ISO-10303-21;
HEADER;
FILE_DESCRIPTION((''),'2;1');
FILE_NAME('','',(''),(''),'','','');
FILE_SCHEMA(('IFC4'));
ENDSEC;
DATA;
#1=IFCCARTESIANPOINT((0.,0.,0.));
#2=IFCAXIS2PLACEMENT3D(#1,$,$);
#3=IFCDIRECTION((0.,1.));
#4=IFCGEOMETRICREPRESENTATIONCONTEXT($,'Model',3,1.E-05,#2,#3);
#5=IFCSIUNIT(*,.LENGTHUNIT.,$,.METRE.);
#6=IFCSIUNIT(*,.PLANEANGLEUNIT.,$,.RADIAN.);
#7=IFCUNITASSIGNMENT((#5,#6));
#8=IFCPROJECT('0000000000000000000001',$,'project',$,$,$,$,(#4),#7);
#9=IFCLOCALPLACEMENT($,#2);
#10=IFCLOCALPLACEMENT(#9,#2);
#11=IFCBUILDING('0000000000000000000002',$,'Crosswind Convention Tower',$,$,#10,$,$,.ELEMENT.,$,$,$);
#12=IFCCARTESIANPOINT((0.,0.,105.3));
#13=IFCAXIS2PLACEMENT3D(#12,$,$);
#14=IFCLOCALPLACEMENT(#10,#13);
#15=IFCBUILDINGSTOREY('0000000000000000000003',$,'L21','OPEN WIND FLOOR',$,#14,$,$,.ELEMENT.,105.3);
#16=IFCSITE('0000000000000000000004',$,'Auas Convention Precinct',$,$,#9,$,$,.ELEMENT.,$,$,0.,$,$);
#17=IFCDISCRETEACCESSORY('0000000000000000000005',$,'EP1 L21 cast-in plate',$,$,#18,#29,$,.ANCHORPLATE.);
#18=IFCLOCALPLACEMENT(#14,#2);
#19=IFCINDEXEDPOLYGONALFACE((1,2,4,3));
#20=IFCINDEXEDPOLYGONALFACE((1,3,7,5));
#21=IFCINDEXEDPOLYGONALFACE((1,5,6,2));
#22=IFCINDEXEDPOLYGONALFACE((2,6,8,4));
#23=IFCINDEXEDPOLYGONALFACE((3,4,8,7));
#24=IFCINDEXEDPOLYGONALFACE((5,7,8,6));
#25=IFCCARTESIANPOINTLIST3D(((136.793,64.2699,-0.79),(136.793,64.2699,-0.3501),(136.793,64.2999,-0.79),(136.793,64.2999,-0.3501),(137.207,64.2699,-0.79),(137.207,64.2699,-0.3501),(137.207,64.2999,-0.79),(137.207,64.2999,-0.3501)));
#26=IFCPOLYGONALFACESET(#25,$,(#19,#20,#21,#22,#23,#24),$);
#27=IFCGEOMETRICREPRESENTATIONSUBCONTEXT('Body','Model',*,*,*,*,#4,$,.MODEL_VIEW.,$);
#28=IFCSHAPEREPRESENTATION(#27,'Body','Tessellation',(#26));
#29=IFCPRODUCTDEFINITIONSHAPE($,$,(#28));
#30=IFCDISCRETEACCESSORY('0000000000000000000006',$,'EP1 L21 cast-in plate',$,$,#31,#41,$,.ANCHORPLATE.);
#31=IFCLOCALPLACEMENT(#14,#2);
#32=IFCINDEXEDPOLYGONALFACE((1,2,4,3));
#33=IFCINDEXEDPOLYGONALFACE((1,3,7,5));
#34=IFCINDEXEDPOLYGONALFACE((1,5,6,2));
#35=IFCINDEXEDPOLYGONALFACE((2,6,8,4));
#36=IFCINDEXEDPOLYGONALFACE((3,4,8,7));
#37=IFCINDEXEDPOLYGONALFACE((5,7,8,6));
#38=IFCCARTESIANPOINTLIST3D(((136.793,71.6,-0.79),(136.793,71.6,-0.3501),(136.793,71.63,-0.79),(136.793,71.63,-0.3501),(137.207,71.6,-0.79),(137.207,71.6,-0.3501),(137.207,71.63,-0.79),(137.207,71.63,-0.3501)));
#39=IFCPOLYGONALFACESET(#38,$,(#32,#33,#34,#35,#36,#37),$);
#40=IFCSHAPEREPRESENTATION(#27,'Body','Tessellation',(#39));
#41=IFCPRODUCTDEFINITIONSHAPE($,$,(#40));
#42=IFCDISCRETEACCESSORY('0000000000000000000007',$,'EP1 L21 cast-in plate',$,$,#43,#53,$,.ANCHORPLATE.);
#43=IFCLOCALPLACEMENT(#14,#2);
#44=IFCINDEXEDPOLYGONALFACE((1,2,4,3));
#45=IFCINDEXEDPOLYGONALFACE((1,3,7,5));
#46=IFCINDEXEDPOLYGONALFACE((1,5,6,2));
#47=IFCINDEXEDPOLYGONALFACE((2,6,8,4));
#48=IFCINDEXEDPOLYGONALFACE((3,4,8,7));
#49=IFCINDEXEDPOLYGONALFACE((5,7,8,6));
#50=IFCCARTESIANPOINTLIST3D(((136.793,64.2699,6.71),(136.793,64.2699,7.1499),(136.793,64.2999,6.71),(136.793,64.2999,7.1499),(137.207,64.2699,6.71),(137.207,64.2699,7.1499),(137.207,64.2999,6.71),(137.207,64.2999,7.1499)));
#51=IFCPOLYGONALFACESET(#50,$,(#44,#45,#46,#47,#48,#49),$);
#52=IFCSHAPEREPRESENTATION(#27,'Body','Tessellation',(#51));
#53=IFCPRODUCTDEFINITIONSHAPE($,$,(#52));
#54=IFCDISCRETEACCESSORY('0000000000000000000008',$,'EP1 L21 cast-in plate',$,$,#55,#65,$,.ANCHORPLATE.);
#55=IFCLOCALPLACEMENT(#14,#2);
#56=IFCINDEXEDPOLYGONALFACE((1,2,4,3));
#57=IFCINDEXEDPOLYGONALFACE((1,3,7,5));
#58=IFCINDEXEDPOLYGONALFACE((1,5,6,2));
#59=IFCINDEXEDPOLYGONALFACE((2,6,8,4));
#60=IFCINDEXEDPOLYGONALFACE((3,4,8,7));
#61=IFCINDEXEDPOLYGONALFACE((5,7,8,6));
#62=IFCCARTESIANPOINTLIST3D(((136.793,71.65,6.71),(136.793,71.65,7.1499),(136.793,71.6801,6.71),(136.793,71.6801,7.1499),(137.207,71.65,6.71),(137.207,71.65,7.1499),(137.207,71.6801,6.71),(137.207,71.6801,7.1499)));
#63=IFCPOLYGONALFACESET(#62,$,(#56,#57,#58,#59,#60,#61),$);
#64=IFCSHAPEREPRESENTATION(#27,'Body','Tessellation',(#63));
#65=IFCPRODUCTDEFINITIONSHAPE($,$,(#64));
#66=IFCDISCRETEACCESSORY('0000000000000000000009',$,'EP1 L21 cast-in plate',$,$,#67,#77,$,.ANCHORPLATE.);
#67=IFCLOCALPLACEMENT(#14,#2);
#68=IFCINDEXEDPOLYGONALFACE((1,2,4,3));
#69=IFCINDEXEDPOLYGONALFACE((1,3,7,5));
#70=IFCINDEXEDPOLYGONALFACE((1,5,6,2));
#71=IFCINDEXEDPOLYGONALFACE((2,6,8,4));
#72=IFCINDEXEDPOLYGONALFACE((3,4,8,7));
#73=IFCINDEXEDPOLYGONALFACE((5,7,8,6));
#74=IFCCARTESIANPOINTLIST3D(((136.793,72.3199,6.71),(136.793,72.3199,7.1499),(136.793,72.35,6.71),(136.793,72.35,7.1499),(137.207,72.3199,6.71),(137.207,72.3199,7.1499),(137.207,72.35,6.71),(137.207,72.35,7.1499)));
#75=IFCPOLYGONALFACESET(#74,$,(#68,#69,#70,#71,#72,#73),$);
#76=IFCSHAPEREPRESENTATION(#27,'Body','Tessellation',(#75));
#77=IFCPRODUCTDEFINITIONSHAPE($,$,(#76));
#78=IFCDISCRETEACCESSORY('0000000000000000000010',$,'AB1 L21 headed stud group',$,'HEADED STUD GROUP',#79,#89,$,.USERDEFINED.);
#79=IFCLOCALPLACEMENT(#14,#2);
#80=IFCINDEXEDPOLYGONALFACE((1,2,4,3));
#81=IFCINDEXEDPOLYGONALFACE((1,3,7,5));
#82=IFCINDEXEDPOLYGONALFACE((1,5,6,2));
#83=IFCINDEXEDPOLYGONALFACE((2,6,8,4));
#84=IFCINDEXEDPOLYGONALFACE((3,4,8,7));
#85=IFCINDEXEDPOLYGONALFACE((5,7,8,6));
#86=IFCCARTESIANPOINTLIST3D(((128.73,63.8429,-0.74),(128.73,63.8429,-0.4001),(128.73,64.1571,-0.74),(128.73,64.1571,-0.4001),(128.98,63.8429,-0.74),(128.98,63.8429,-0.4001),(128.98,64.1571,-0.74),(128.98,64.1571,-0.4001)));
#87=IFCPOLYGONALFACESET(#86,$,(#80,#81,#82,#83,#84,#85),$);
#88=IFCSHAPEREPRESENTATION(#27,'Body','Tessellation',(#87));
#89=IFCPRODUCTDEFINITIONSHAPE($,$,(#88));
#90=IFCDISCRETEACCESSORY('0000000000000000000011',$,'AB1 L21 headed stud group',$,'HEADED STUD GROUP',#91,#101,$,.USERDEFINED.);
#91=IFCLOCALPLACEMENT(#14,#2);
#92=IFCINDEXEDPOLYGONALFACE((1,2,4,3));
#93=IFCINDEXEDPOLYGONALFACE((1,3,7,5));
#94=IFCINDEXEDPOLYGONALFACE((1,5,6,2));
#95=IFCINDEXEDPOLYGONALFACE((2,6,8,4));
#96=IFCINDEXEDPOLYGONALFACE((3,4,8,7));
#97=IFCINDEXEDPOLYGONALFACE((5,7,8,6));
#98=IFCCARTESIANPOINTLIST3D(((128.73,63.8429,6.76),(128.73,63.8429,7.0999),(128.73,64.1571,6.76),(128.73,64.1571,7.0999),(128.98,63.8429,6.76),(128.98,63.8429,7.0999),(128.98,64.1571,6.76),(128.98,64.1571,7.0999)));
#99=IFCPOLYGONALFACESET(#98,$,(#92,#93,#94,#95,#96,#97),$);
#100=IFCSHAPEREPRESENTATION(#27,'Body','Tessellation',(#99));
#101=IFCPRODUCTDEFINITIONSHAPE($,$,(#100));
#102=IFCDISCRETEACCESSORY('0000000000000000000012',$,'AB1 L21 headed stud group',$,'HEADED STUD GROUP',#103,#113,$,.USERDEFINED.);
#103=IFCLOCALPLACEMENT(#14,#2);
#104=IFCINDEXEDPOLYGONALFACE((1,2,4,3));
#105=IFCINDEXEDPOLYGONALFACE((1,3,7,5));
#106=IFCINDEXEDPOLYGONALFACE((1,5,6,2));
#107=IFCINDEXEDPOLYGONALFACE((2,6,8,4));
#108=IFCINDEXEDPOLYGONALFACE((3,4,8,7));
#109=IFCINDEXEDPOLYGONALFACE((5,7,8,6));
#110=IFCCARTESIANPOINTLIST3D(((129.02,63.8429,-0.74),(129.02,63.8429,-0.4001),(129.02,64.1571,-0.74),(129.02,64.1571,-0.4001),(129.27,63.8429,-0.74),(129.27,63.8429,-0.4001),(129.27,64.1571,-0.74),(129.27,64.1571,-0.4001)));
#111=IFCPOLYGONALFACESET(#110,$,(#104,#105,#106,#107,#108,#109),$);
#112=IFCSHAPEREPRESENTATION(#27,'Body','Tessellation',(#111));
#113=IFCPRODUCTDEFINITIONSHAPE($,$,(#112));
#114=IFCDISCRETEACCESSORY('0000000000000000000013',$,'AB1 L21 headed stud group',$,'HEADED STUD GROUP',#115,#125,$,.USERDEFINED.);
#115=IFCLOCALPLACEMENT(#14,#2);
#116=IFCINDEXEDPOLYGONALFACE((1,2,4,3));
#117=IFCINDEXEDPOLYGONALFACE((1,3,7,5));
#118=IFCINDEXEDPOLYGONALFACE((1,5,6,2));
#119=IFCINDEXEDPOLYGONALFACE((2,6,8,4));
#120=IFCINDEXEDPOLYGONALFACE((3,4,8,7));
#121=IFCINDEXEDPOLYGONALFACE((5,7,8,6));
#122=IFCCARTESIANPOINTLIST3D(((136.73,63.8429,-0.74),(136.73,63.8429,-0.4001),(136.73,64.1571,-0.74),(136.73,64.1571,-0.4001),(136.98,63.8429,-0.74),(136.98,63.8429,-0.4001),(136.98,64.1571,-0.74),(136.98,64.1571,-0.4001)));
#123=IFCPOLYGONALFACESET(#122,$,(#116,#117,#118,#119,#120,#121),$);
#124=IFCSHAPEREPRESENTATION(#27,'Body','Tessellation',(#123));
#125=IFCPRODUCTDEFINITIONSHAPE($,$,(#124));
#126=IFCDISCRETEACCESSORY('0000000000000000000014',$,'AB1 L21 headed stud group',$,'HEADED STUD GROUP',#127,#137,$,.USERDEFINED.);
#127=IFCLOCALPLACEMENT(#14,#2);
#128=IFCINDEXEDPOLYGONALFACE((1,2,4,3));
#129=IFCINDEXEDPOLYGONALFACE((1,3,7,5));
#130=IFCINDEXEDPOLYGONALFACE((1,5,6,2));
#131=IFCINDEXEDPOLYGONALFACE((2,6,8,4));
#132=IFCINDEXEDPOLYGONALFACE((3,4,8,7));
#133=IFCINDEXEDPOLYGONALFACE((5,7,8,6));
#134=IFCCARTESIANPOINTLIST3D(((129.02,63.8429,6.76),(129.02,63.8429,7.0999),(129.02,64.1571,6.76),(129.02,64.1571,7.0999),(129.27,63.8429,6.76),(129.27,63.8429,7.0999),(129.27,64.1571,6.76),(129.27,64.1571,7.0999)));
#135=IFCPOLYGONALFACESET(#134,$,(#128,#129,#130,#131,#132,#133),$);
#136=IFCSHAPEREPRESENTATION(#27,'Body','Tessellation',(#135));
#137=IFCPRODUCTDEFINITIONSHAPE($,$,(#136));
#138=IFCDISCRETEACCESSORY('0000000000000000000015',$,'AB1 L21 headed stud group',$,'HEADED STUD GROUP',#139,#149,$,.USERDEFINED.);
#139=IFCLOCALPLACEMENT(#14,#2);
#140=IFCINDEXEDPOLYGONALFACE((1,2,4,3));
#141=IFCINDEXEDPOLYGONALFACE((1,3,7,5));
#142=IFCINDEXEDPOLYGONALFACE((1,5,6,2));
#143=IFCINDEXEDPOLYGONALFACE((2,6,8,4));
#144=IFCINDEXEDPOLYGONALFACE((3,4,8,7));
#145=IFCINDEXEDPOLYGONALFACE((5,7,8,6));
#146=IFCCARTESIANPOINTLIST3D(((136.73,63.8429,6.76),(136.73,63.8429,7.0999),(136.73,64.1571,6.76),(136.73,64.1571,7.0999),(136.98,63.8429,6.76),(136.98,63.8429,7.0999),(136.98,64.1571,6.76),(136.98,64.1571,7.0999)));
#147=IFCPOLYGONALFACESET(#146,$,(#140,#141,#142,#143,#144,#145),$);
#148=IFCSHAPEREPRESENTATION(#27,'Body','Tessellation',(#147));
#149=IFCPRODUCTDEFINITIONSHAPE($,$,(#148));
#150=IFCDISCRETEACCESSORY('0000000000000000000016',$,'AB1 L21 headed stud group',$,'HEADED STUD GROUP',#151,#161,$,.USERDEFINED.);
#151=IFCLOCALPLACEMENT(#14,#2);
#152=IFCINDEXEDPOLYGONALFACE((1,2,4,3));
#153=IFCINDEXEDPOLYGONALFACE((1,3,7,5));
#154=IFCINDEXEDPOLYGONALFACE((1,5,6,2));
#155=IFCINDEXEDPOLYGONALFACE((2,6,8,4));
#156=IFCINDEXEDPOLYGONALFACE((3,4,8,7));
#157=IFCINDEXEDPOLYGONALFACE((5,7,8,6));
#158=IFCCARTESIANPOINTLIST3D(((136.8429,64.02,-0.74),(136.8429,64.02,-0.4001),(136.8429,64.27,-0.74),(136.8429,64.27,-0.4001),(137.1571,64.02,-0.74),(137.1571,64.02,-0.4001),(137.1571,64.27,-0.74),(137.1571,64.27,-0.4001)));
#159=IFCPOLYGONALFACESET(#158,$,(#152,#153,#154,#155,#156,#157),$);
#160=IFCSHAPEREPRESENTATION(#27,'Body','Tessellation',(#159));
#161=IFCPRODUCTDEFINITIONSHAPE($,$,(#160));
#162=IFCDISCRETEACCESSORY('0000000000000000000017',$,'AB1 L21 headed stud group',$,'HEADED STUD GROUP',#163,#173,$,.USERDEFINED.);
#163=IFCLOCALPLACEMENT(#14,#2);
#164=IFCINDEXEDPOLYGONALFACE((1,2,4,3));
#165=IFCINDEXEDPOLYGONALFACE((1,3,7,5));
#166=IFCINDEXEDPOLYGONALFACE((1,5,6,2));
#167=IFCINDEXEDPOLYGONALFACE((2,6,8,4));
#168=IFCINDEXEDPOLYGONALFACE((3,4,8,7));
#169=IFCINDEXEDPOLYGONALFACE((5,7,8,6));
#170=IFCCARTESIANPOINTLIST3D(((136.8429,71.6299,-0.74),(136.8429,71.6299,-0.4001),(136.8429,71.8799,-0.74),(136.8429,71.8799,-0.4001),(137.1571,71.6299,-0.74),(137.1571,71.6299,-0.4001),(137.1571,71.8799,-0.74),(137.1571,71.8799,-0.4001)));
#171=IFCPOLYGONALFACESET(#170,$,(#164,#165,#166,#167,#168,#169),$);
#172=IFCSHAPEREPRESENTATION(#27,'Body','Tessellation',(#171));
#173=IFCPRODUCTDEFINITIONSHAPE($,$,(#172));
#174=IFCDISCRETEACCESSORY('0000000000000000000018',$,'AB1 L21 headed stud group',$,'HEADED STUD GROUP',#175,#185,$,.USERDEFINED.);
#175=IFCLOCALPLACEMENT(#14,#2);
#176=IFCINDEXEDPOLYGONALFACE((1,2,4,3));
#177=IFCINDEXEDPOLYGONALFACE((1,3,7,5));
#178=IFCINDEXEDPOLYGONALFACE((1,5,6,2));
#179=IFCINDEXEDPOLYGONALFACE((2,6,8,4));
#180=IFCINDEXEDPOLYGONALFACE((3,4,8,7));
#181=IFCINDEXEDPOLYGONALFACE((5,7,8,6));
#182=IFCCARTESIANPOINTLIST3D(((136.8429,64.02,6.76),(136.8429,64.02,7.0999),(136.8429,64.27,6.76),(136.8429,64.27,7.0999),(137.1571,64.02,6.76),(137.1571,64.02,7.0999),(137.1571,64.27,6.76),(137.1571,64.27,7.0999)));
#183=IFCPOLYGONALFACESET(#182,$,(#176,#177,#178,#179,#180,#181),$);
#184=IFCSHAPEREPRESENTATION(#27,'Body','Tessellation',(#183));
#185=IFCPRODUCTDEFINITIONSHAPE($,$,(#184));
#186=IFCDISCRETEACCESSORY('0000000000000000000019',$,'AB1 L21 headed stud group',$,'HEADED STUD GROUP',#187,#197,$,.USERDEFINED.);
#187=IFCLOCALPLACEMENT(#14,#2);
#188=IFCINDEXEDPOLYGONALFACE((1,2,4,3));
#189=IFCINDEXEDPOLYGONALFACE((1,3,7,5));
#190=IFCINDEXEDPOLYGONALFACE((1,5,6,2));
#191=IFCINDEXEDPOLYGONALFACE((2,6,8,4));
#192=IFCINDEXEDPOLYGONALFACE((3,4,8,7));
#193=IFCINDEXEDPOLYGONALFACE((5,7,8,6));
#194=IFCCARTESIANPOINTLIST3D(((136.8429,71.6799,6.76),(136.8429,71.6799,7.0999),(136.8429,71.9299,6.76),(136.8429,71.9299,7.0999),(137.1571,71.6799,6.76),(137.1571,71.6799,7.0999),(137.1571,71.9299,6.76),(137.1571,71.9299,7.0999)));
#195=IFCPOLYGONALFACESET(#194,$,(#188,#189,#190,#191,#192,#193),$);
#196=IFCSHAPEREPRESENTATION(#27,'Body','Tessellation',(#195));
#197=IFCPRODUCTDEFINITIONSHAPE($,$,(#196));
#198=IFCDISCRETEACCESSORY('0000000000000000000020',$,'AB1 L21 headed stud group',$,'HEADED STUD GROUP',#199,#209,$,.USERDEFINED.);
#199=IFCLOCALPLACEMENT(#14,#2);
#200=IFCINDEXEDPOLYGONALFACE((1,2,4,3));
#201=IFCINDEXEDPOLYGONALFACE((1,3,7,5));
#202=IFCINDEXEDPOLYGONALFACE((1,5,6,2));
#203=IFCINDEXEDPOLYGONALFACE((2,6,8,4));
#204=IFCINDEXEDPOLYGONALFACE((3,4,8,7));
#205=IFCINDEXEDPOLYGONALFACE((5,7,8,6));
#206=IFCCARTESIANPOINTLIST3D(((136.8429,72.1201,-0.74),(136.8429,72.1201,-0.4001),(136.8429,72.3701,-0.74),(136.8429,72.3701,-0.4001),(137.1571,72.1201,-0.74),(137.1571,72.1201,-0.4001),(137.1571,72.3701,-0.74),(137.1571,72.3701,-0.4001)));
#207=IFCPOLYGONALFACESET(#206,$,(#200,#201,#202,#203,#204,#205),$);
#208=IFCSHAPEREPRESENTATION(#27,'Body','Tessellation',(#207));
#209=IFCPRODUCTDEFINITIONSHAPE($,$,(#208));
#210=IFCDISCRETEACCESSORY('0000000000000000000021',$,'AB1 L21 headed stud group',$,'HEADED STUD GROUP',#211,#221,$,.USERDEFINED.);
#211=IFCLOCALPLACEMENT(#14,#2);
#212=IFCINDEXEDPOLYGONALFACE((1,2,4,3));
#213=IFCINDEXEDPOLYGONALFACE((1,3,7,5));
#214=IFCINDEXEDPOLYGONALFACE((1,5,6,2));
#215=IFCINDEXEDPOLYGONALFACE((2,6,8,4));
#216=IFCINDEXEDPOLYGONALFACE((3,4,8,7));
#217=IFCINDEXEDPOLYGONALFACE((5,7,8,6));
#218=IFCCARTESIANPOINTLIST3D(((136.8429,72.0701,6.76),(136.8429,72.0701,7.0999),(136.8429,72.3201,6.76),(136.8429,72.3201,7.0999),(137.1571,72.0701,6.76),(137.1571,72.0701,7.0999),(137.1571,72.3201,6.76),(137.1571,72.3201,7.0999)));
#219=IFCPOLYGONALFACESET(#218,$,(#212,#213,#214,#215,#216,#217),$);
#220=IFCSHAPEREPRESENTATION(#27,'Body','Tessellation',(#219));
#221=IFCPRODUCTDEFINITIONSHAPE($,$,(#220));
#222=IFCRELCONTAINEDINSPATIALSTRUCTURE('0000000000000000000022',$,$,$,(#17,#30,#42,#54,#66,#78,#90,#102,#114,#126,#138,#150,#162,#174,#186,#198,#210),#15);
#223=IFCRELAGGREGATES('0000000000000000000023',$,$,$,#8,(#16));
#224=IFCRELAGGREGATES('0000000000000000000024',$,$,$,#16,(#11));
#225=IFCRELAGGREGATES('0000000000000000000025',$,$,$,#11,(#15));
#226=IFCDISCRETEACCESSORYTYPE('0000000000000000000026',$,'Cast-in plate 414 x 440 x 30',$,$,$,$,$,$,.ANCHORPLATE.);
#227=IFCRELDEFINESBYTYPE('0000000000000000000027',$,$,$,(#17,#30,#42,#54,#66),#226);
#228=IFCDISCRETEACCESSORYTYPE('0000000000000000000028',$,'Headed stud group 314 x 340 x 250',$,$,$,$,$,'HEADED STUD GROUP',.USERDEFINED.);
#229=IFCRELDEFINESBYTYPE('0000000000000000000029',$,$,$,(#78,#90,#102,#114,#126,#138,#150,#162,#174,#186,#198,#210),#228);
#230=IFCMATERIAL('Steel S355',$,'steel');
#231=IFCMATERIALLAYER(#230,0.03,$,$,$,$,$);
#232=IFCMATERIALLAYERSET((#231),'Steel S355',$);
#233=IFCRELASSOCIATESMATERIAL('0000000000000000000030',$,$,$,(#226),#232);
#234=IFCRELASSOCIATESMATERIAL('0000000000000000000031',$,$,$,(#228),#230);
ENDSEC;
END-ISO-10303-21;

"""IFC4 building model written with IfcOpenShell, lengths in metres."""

from ifc_helpers import new_model, si_unit, direction, frame, origin, origin_2d, place, context, subcontext, project, spatial, rectangle, extrude, material, layer, layer_set, type_object, element, save


model = new_model("IFC4")

# Units and contexts
model_context = context("Model", 3, precision=1e-05, world=origin(), true_north=direction((0.0, 1.0)))
body_context = subcontext(model_context, "Body", "Model", "MODEL_VIEW")
ifc_project = project(units=[si_unit("LENGTHUNIT", "METRE"), si_unit("PLANEANGLEUNIT", "RADIAN")], contexts=[model_context])

# Site, building, storey
site_placement = place(None, origin())
site = spatial("IfcSite", under=ifc_project, at=site_placement, Name="Auas Convention Precinct", CompositionType="ELEMENT", RefElevation=0.0)
building_placement = place(site_placement, origin())
building = spatial("IfcBuilding", under=site, at=building_placement, Name="Crosswind Convention Tower", CompositionType="ELEMENT")
storey_placement = place(building_placement, frame((0.0, 0.0, 105.3)))
storey = spatial("IfcBuildingStorey", under=building, at=storey_placement, Name="L21", Description="OPEN WIND FLOOR", CompositionType="ELEMENT", Elevation=105.3)

# Shared definitions
ifc_material_1 = material(Name="Steel S355", Category="steel")

# Discrete accessories
ifc_layer = layer(ifc_material_1, 0.03)
ifc_layer_set = layer_set([ifc_layer], Name="Steel S355")
discrete_accessory_type_1 = type_object("IfcDiscreteAccessoryType", Name="Cast-in plate 414 x 440 x 30", PredefinedType="ANCHORPLATE", material=ifc_layer_set)
for number, where, z_axis, x_axis, name in (
    (1, (137.0, 64.2849, -0.79), (0.0, 0.0, 1.0), (1.0, 0.0, 0.0), "EP1 L21 cast-in plate"),
    (2, (137.0, 71.615, -0.79), (0.0, 0.0, 1.0), (1.0, 0.0, 0.0), "EP1 L21 cast-in plate"),
    (3, (137.0, 64.2849, 6.71), (0.0, 0.0, 1.0), (1.0, 0.0, 0.0), "EP1 L21 cast-in plate"),
    (4, (137.0, 71.665, 6.71), (0.0, 0.0, 1.0), (1.0, 0.0, 0.0), "EP1 L21 cast-in plate"),
    (5, (137.0, 72.335, 6.71), (0.0, 0.0, 1.0), (1.0, 0.0, 0.0), "EP1 L21 cast-in plate"),
):
    element("IfcDiscreteAccessory", number, at=place(storey_placement, frame(where, z_axis=z_axis, x_axis=x_axis)), inside=storey, type_object=discrete_accessory_type_1, Name=name, PredefinedType="ANCHORPLATE", context=body_context, shape_type="SweptSolid", body=[
        extrude(rectangle(XDim=0.4141, YDim=0.03, at=origin_2d()), origin(), (0.0, 0.0, 1.0), 0.4399),
    ])
discrete_accessory_type_2 = type_object("IfcDiscreteAccessoryType", Name="Headed stud group 314 x 340 x 250", ElementType="HEADED STUD GROUP", PredefinedType="USERDEFINED", material=ifc_material_1)
for number, where, z_axis, x_axis, name in (
    (6, (128.855, 64.0, -0.74), (0.0, 0.0, 1.0), (1.0, 0.0, 0.0), "AB1 L21 headed stud group"),
    (7, (128.855, 64.0, 6.76), (0.0, 0.0, 1.0), (1.0, 0.0, 0.0), "AB1 L21 headed stud group"),
    (8, (129.145, 64.0, -0.74), (0.0, 0.0, 1.0), (1.0, 0.0, 0.0), "AB1 L21 headed stud group"),
    (9, (136.855, 64.0, -0.74), (0.0, 0.0, 1.0), (1.0, 0.0, 0.0), "AB1 L21 headed stud group"),
    (10, (129.145, 64.0, 6.76), (0.0, 0.0, 1.0), (1.0, 0.0, 0.0), "AB1 L21 headed stud group"),
    (11, (136.855, 64.0, 6.76), (0.0, 0.0, 1.0), (1.0, 0.0, 0.0), "AB1 L21 headed stud group"),
):
    element("IfcDiscreteAccessory", number, at=place(storey_placement, frame(where, z_axis=z_axis, x_axis=x_axis)), inside=storey, type_object=discrete_accessory_type_2, Name=name, ObjectType="HEADED STUD GROUP", PredefinedType="USERDEFINED", context=body_context, shape_type="SweptSolid", body=[
        extrude(rectangle(XDim=0.25, YDim=0.3142, at=origin_2d()), origin(), (0.0, 0.0, 1.0), 0.3398),
    ])
for number, where, z_axis, x_axis, name in (
    (12, (137.0, 64.145, -0.74), (0.0, 0.0, 1.0), (1.0, 0.0, 0.0), "AB1 L21 headed stud group"),
    (13, (137.0, 71.7549, -0.74), (0.0, 0.0, 1.0), (1.0, 0.0, 0.0), "AB1 L21 headed stud group"),
    (14, (137.0, 64.145, 6.76), (0.0, 0.0, 1.0), (1.0, 0.0, 0.0), "AB1 L21 headed stud group"),
    (15, (137.0, 71.8049, 6.76), (0.0, 0.0, 1.0), (1.0, 0.0, 0.0), "AB1 L21 headed stud group"),
    (16, (137.0, 72.2451, -0.74), (0.0, 0.0, 1.0), (1.0, 0.0, 0.0), "AB1 L21 headed stud group"),
    (17, (137.0, 72.1951, 6.76), (0.0, 0.0, 1.0), (1.0, 0.0, 0.0), "AB1 L21 headed stud group"),
):
    element("IfcDiscreteAccessory", number, at=place(storey_placement, frame(where, z_axis=z_axis, x_axis=x_axis)), inside=storey, type_object=discrete_accessory_type_2, Name=name, ObjectType="HEADED STUD GROUP", PredefinedType="USERDEFINED", context=body_context, shape_type="SweptSolid", body=[
        extrude(rectangle(XDim=0.3142, YDim=0.25, at=origin_2d()), origin(), (0.0, 0.0, 1.0), 0.3398),
    ])

save(model, "model.ifc")
